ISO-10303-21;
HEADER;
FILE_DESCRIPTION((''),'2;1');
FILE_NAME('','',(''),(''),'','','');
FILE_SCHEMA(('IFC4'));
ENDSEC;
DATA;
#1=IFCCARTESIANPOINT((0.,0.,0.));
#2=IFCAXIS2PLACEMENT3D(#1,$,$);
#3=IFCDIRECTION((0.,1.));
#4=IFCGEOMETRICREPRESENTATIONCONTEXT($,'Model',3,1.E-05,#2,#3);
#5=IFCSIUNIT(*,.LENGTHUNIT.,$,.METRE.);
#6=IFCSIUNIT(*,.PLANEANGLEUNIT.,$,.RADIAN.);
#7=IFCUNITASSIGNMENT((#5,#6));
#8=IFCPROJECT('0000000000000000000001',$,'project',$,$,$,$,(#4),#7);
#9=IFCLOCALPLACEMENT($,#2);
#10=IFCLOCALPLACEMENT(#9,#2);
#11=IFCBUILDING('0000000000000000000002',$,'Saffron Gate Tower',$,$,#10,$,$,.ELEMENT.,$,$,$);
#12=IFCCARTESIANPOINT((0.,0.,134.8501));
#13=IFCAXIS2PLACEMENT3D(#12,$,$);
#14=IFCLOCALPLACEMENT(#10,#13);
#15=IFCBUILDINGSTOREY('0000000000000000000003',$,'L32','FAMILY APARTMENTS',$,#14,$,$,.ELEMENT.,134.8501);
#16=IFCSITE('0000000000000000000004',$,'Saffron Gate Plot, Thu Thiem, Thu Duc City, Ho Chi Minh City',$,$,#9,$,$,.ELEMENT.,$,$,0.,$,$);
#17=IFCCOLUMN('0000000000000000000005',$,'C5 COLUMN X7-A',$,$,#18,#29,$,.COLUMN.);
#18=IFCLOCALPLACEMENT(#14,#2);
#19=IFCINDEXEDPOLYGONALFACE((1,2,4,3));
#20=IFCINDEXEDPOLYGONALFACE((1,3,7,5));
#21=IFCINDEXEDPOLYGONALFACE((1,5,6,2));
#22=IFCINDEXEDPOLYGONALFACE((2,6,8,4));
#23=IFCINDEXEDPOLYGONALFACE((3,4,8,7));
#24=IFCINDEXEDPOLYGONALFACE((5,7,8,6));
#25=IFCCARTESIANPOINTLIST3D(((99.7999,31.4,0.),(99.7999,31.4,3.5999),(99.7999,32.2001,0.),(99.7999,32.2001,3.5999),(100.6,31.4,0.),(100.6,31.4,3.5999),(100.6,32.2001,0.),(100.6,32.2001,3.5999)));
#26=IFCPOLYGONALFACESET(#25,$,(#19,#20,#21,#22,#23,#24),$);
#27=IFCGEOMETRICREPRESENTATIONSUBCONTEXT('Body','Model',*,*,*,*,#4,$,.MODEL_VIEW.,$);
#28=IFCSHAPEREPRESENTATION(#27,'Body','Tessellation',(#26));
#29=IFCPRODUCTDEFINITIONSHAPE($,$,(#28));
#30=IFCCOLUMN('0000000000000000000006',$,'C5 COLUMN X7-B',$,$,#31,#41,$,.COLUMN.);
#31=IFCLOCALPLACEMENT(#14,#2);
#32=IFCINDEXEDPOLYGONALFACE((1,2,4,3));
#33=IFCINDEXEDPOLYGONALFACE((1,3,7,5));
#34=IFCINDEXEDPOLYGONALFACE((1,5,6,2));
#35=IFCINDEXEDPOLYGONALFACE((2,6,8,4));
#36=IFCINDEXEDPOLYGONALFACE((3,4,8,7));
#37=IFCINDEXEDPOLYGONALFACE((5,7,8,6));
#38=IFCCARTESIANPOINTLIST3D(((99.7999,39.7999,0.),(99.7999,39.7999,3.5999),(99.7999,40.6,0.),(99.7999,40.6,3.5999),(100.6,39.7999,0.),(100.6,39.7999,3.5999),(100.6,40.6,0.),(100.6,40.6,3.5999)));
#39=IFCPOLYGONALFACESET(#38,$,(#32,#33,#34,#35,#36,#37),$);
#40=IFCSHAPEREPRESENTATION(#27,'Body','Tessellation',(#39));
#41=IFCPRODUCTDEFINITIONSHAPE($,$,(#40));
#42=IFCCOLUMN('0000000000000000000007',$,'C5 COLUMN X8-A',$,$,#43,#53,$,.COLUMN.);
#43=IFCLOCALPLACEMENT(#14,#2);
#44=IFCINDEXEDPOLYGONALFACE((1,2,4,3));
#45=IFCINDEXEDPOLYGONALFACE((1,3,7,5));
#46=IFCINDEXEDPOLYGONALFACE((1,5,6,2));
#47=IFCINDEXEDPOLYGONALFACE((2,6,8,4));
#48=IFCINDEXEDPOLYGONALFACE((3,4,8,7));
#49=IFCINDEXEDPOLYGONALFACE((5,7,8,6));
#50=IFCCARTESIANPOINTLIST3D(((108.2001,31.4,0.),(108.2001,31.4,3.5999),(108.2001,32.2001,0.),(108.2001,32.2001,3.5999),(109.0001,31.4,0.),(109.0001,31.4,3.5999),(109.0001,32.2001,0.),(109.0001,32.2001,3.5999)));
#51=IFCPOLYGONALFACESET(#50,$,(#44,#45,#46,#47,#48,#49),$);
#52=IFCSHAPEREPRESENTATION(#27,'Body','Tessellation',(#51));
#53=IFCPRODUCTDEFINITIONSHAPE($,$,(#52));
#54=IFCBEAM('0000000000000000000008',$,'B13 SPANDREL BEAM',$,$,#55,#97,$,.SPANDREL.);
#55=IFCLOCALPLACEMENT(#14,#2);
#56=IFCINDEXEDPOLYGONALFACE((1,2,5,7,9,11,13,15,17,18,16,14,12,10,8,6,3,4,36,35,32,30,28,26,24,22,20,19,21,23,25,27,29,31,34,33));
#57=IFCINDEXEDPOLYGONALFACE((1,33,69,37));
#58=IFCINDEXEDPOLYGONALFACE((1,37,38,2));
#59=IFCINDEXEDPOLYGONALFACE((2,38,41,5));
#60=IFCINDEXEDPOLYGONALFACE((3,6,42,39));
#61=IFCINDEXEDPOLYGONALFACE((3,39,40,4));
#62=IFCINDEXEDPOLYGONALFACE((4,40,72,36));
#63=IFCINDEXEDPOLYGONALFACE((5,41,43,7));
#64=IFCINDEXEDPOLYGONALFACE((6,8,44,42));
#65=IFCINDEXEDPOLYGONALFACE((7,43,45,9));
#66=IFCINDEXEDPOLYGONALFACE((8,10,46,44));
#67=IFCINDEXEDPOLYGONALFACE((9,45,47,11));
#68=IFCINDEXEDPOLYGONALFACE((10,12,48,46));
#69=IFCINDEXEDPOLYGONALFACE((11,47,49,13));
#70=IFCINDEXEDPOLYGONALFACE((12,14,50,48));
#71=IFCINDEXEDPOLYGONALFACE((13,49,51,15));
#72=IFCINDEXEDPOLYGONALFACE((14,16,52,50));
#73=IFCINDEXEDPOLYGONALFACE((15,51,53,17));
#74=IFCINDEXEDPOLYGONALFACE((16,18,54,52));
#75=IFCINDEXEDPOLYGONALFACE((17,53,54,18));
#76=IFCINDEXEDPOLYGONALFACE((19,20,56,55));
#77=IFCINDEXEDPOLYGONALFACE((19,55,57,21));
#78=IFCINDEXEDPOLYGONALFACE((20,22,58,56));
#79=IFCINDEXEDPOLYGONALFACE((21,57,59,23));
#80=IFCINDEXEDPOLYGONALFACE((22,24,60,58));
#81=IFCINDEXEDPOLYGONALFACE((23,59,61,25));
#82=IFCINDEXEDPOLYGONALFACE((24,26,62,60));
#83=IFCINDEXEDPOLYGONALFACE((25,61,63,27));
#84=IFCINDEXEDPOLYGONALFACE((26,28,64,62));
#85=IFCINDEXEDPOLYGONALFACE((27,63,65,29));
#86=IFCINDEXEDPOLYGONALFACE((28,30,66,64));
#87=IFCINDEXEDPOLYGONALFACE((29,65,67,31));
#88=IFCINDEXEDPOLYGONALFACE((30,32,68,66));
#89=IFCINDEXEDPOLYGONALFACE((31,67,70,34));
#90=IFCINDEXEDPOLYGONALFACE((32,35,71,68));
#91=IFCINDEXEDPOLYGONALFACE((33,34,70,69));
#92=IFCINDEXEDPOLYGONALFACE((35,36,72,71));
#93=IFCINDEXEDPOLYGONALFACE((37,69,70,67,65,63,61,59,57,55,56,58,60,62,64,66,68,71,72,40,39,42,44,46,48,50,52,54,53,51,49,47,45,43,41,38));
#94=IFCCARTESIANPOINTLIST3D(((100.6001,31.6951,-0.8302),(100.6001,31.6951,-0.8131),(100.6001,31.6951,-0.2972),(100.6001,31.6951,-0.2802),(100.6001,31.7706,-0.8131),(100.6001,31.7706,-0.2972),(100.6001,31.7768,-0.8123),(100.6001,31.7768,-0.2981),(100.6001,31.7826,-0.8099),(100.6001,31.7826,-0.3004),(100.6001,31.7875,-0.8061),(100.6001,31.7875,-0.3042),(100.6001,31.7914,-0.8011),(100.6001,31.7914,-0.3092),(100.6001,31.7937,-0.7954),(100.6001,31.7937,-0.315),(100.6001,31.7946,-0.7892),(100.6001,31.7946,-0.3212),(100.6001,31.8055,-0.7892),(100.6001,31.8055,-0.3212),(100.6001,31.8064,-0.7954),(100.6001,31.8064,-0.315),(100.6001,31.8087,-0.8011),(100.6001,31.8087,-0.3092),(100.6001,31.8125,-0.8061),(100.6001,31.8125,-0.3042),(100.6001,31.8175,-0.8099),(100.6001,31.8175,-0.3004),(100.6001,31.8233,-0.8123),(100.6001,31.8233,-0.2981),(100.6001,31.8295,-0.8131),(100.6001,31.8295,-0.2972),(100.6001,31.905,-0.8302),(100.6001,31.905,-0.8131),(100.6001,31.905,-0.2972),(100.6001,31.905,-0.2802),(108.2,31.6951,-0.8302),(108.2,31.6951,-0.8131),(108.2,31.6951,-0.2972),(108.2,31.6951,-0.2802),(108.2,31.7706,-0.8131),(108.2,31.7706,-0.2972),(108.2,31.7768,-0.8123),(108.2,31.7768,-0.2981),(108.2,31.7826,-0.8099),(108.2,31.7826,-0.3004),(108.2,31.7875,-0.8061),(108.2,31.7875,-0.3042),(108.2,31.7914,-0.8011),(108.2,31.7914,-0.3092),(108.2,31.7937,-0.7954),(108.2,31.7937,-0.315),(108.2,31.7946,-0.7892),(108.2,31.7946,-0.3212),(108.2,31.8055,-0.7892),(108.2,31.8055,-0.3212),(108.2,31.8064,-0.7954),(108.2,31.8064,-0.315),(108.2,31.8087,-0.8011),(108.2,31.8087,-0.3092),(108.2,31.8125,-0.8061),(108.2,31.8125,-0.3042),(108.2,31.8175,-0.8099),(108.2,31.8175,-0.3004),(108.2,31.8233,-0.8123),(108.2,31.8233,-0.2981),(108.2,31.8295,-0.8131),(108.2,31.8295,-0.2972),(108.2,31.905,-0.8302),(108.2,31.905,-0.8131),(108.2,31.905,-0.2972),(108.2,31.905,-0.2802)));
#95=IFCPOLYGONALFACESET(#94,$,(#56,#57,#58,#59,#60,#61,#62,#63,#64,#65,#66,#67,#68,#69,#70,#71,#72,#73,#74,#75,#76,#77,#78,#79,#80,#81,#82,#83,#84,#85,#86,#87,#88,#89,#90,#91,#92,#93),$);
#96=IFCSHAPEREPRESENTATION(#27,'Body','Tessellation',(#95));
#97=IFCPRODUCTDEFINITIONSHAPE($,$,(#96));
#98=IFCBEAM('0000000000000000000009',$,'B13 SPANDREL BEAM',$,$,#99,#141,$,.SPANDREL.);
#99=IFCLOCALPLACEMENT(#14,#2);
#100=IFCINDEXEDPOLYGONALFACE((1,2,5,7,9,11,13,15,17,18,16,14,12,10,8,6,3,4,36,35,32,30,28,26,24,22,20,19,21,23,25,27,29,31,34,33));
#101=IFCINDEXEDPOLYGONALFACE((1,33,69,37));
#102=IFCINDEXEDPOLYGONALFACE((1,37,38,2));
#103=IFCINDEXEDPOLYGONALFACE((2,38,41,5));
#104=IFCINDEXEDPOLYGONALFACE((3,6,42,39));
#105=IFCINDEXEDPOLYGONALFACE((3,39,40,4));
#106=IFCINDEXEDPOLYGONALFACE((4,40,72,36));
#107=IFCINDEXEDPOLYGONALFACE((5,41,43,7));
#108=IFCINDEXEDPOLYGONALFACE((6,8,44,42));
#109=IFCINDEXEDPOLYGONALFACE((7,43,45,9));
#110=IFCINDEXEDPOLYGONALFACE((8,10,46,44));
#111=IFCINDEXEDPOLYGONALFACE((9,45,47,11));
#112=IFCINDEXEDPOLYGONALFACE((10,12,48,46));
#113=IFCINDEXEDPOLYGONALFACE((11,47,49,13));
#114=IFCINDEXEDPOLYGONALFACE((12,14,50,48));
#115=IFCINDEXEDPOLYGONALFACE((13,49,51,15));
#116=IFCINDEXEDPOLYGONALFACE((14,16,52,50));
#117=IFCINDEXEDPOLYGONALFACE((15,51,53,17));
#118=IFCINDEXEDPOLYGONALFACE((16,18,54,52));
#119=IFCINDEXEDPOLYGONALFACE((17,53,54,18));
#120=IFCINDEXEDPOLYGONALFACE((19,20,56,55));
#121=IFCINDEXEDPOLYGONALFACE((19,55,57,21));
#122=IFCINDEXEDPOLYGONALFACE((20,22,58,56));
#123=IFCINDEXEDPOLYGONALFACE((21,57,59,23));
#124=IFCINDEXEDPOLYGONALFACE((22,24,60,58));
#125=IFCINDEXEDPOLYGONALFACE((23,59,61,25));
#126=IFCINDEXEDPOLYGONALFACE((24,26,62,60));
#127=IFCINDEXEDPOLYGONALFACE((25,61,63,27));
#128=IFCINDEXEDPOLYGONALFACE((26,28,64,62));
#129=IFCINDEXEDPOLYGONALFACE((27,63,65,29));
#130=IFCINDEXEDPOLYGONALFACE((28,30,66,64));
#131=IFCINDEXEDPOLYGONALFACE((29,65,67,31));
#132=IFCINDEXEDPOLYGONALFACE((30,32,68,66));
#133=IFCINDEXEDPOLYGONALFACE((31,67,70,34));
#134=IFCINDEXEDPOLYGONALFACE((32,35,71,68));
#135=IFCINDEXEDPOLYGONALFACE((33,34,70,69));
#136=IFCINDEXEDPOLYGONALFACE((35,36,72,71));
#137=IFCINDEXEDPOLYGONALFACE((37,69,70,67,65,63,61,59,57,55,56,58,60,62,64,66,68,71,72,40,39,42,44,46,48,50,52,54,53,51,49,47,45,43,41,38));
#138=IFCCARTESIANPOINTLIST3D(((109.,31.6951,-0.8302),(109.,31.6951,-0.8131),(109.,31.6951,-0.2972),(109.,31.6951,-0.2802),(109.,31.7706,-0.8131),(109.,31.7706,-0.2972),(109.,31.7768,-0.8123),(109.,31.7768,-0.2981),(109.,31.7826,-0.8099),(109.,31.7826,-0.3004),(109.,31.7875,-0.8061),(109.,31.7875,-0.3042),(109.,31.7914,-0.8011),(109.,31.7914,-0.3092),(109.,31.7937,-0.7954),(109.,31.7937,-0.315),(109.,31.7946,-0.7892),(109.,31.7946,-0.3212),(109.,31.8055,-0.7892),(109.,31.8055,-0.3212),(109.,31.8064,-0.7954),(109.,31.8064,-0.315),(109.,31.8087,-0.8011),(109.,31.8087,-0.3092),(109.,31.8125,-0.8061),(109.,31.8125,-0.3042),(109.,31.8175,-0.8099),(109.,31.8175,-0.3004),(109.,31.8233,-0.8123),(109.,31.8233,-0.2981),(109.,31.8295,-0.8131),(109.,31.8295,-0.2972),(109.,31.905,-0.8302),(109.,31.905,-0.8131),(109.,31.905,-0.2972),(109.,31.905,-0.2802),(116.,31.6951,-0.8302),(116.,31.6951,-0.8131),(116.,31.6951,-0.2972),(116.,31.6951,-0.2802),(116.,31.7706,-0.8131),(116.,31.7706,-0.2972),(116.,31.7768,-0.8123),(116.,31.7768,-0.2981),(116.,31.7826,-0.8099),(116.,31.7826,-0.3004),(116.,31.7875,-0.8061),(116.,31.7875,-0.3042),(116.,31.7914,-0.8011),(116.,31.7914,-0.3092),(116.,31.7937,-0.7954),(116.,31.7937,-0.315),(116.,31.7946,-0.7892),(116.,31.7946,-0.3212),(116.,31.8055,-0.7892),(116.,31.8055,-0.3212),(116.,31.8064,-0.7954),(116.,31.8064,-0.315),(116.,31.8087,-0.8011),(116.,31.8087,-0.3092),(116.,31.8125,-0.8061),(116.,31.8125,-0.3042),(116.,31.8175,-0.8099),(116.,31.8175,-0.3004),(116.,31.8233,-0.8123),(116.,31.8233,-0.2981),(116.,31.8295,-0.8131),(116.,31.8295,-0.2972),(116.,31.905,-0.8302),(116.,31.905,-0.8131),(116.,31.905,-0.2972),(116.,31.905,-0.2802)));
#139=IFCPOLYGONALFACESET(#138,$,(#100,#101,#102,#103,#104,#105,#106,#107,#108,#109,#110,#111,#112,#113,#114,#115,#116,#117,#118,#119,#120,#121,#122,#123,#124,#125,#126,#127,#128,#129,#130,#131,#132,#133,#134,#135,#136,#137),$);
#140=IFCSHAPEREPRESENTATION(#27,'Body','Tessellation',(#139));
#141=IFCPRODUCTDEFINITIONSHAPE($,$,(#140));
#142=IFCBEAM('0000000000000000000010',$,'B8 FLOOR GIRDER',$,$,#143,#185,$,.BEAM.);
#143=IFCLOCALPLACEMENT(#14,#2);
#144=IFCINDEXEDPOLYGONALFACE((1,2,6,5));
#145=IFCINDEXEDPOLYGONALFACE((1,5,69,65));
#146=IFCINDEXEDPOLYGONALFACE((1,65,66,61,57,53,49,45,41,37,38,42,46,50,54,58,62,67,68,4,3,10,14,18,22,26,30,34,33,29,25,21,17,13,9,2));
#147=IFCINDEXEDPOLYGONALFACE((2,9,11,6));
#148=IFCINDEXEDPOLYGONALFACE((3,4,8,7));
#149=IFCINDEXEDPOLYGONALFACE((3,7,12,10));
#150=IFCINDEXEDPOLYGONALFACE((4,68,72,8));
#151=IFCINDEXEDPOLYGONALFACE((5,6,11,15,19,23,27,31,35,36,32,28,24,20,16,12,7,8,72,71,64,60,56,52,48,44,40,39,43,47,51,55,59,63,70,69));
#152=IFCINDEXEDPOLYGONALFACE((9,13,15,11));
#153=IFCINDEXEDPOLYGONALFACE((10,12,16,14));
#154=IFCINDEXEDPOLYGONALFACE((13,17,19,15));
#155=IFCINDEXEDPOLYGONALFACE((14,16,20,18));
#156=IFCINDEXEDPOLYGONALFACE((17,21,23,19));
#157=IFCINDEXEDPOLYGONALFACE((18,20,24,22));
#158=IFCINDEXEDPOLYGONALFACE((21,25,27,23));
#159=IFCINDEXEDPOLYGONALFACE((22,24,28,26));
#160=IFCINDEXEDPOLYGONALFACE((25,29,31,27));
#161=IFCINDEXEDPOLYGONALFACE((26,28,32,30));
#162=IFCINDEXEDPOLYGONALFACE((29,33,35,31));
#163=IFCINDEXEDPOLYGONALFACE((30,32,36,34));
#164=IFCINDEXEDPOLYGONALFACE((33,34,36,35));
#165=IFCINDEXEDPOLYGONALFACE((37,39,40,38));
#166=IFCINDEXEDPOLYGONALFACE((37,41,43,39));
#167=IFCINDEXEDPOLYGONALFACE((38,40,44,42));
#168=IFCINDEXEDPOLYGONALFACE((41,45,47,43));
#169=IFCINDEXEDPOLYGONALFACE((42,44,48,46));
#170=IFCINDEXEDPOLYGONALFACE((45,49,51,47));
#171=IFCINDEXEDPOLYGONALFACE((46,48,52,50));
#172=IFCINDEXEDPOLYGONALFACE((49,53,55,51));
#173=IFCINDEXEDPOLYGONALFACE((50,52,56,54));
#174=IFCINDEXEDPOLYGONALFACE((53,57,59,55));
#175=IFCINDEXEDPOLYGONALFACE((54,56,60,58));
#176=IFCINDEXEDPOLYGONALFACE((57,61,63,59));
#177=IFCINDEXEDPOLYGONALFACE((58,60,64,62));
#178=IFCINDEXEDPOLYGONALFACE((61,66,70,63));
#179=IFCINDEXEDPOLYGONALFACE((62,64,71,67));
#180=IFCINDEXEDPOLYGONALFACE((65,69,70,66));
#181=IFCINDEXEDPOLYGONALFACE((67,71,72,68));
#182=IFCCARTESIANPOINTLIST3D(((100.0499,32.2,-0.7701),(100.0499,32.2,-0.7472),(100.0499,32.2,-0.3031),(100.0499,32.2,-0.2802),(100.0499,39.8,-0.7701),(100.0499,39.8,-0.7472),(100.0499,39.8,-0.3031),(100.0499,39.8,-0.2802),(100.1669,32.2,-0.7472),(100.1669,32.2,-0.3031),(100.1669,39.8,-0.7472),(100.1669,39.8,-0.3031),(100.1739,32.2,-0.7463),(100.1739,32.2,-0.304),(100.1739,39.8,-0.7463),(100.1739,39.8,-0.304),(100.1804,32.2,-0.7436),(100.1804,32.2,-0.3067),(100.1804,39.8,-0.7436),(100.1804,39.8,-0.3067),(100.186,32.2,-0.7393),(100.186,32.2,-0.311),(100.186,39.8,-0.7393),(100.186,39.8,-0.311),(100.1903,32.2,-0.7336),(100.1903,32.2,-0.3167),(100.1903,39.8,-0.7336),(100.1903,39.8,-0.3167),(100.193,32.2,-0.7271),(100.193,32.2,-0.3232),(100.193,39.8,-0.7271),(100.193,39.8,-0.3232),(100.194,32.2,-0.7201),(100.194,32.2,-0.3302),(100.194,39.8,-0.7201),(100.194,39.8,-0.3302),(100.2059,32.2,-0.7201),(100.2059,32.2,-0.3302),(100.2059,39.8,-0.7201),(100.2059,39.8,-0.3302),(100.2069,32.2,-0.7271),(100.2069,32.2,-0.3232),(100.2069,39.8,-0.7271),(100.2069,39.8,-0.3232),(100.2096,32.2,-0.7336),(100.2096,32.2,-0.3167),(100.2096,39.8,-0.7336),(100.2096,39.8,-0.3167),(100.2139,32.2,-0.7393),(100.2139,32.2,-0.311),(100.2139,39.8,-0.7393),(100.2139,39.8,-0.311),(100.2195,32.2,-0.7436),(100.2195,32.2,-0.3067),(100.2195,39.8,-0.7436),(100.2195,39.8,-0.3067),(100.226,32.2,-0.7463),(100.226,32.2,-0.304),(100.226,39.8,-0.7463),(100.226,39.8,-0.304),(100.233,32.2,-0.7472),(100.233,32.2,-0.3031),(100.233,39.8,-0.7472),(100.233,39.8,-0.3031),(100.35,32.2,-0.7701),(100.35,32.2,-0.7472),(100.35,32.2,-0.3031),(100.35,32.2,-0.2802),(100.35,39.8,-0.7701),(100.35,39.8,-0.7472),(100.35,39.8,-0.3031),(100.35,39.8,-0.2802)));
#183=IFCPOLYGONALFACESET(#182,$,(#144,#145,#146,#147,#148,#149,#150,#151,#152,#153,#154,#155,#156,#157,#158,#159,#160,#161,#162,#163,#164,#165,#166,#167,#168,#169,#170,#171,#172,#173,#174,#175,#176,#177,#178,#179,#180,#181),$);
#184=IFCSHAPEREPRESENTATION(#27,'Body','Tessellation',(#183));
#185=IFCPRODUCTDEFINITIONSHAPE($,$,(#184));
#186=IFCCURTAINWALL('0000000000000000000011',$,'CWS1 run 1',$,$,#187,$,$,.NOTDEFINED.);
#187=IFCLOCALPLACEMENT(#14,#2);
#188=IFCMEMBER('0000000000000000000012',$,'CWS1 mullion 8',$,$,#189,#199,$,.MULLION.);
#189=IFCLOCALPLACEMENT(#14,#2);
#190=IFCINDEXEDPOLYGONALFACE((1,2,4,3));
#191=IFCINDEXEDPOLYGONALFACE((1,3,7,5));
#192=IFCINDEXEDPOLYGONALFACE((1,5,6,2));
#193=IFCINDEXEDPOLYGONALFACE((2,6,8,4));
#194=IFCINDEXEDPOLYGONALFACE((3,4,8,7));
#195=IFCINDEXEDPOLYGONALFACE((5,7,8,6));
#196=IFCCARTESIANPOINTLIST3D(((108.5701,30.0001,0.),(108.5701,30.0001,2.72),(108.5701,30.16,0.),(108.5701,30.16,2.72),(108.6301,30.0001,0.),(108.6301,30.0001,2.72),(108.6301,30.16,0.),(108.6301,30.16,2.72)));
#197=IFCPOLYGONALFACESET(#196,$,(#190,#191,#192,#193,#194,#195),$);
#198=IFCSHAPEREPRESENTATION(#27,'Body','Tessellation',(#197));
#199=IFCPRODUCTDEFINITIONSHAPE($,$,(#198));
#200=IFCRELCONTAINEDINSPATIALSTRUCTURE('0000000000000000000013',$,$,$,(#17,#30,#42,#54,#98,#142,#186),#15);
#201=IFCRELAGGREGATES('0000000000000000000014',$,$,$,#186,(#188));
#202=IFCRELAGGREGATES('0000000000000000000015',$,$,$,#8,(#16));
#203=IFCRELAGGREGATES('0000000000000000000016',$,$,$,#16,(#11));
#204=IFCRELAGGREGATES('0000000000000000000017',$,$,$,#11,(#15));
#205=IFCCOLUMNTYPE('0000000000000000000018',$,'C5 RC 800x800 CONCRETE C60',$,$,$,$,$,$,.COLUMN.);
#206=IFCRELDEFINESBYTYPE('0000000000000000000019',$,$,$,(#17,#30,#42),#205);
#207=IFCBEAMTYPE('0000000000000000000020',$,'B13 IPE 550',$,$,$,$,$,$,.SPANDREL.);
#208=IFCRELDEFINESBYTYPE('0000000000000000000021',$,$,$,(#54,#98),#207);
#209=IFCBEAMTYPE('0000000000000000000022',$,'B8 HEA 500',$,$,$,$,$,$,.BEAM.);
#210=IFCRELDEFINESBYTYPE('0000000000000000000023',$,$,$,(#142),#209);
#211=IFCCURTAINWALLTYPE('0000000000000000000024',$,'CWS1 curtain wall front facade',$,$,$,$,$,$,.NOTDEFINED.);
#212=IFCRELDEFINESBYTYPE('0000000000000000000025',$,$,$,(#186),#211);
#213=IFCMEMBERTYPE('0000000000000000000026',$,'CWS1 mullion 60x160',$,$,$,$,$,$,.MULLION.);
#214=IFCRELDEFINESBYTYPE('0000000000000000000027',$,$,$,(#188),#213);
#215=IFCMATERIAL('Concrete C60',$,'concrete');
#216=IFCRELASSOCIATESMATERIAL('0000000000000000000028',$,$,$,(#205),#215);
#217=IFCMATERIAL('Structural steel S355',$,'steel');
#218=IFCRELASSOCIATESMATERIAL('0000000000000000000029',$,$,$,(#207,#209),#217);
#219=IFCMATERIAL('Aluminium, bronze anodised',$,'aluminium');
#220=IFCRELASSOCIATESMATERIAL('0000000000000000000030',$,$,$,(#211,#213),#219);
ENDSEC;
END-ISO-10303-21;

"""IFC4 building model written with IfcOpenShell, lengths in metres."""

from ifc_helpers import new_model, si_unit, direction, frame, origin, origin_2d, place, context, subcontext, project, spatial, rectangle, i_section, extrude, material, material_profile, profile_set, type_object, element, aggregate, save


model = new_model("IFC4")

# Units and contexts
model_context = context("Model", 3, precision=1e-05, world=origin(), true_north=direction((0.0, 1.0)))
body_context = subcontext(model_context, "Body", "Model", "MODEL_VIEW")
ifc_project = project(units=[si_unit("LENGTHUNIT", "METRE"), si_unit("PLANEANGLEUNIT", "RADIAN")], contexts=[model_context])

# Site, building, storey
site_placement = place(None, origin())
site = spatial("IfcSite", under=ifc_project, at=site_placement, Name="Saffron Gate Plot, Thu Thiem, Thu Duc City, Ho Chi Minh City", CompositionType="ELEMENT", RefElevation=0.0)
building_placement = place(site_placement, origin())
building = spatial("IfcBuilding", under=site, at=building_placement, Name="Saffron Gate Tower", CompositionType="ELEMENT")
storey_placement = place(building_placement, frame((0.0, 0.0, 134.8501)))
storey = spatial("IfcBuildingStorey", under=building, at=storey_placement, Name="L32", Description="FAMILY APARTMENTS", CompositionType="ELEMENT", Elevation=134.8501)

# Columns
ifc_material_1 = material(Name="Concrete C60", Category="concrete")
ifc_material_profile_1 = material_profile(ifc_material_1, rectangle(XDim=0.8, YDim=0.8, at=origin_2d()))
ifc_profile_set_1 = profile_set([ifc_material_profile_1], Name="Concrete C60")
column_type = type_object("IfcColumnType", Name="C5 RC 800x800 CONCRETE C60", PredefinedType="COLUMN", material=ifc_profile_set_1)
for number, where, z_axis, x_axis, name in (
    (1, (100.2, 31.8, 0.0), (0.0, 0.0, 1.0), (1.0, 0.0, 0.0), "C5 COLUMN X7-A"),
    (2, (100.2, 40.2, 0.0), (0.0, 0.0, 1.0), (1.0, 0.0, 0.0), "C5 COLUMN X7-B"),
    (3, (108.6001, 31.8, 0.0), (0.0, 0.0, 1.0), (1.0, 0.0, 0.0), "C5 COLUMN X8-A"),
):
    element("IfcColumn", number, at=place(storey_placement, frame(where, z_axis=z_axis, x_axis=x_axis)), inside=storey, type_object=column_type, Name=name, PredefinedType="COLUMN", context=body_context, shape_type="SweptSolid", body=[
        extrude(rectangle(XDim=0.8, YDim=0.8, at=origin_2d()), origin(), (0.0, 0.0, 1.0), 3.5999),
    ])

# Beams
ifc_material_2 = material(Name="Structural steel S355", Category="steel")
ifc_material_profile_2 = material_profile(ifc_material_2, i_section(OverallWidth=0.21, OverallDepth=0.55, WebThickness=0.011, FlangeThickness=0.0171, FilletRadius=0.0239, at=origin_2d()))
ifc_profile_set_2 = profile_set([ifc_material_profile_2], Name="Structural steel S355")
beam_type_1 = type_object("IfcBeamType", Name="B13 IPE 550", PredefinedType="SPANDREL", material=ifc_profile_set_2)
beam_1_placement = place(storey_placement, frame((100.6001, 31.8, -0.5552), z_axis=(1.0, 0.0, 0.0), x_axis=(0.0, 1.0, 0.0)))
element("IfcBeam", 4, at=beam_1_placement, inside=storey, type_object=beam_type_1, Name="B13 SPANDREL BEAM", PredefinedType="SPANDREL", context=body_context, shape_type="SweptSolid", body=[
    extrude(i_section(OverallWidth=0.21, OverallDepth=0.55, WebThickness=0.011, FlangeThickness=0.0171, FilletRadius=0.0239, at=origin_2d()), origin(), (0.0, 0.0, 1.0), 7.5999),
])
beam_2_placement = place(storey_placement, frame((109.0, 31.8, -0.5552), z_axis=(1.0, 0.0, 0.0), x_axis=(0.0, 1.0, 0.0)))
element("IfcBeam", 5, at=beam_2_placement, inside=storey, type_object=beam_type_1, Name="B13 SPANDREL BEAM", PredefinedType="SPANDREL", context=body_context, shape_type="SweptSolid", body=[
    extrude(i_section(OverallWidth=0.21, OverallDepth=0.55, WebThickness=0.011, FlangeThickness=0.0171, FilletRadius=0.0239, at=origin_2d()), origin(), (0.0, 0.0, 1.0), 7.0),
])
ifc_material_profile_3 = material_profile(ifc_material_2, i_section(OverallWidth=0.3, OverallDepth=0.49, WebThickness=0.012, FlangeThickness=0.0229, FilletRadius=0.0271, at=origin_2d()))
ifc_profile_set_3 = profile_set([ifc_material_profile_3], Name="Structural steel S355")
beam_type_2 = type_object("IfcBeamType", Name="B8 HEA 500", PredefinedType="BEAM", material=ifc_profile_set_3)
beam_3_placement = place(storey_placement, frame((100.2, 32.2, -0.5251), z_axis=(0.0, 1.0, 0.0), x_axis=(-1.0, 0.0, 0.0)))
element("IfcBeam", 6, at=beam_3_placement, inside=storey, type_object=beam_type_2, Name="B8 FLOOR GIRDER", PredefinedType="BEAM", context=body_context, shape_type="SweptSolid", body=[
    extrude(i_section(OverallWidth=0.3, OverallDepth=0.49, WebThickness=0.012, FlangeThickness=0.0229, FilletRadius=0.0271, at=origin_2d()), origin(), (0.0, 0.0, 1.0), 7.6001),
])

# Curtain wall, member
ifc_material_3 = material(Name="Aluminium, bronze anodised", Category="aluminium")
curtain_wall_type = type_object("IfcCurtainWallType", Name="CWS1 curtain wall front facade", PredefinedType="NOTDEFINED", material=ifc_material_3)
curtain_wall_placement = place(storey_placement, origin())
curtain_wall = element("IfcCurtainWall", 7, at=curtain_wall_placement, inside=storey, type_object=curtain_wall_type, Name="CWS1 run 1", PredefinedType="NOTDEFINED")
ifc_material_profile_4 = material_profile(ifc_material_3, rectangle(XDim=0.1599, YDim=0.0601, at=origin_2d()))
ifc_profile_set_4 = profile_set([ifc_material_profile_4], Name="Aluminium, bronze anodised")
member_type = type_object("IfcMemberType", Name="CWS1 mullion 60x160", PredefinedType="MULLION", material=ifc_profile_set_4)
member_placement = place(storey_placement, frame((108.6001, 30.0801, 0.0), z_axis=(0.0, 0.0, 1.0), x_axis=(0.0, 1.0, 0.0)))
member = element("IfcMember", 8, at=member_placement, type_object=member_type, Name="CWS1 mullion 8", PredefinedType="MULLION", context=body_context, shape_type="SweptSolid", body=[
    extrude(rectangle(XDim=0.1599, YDim=0.0601, at=origin_2d()), origin(), (0.0, 0.0, 1.0), 2.72),
])
aggregate(curtain_wall, [member])

save(model, "model.ifc")
